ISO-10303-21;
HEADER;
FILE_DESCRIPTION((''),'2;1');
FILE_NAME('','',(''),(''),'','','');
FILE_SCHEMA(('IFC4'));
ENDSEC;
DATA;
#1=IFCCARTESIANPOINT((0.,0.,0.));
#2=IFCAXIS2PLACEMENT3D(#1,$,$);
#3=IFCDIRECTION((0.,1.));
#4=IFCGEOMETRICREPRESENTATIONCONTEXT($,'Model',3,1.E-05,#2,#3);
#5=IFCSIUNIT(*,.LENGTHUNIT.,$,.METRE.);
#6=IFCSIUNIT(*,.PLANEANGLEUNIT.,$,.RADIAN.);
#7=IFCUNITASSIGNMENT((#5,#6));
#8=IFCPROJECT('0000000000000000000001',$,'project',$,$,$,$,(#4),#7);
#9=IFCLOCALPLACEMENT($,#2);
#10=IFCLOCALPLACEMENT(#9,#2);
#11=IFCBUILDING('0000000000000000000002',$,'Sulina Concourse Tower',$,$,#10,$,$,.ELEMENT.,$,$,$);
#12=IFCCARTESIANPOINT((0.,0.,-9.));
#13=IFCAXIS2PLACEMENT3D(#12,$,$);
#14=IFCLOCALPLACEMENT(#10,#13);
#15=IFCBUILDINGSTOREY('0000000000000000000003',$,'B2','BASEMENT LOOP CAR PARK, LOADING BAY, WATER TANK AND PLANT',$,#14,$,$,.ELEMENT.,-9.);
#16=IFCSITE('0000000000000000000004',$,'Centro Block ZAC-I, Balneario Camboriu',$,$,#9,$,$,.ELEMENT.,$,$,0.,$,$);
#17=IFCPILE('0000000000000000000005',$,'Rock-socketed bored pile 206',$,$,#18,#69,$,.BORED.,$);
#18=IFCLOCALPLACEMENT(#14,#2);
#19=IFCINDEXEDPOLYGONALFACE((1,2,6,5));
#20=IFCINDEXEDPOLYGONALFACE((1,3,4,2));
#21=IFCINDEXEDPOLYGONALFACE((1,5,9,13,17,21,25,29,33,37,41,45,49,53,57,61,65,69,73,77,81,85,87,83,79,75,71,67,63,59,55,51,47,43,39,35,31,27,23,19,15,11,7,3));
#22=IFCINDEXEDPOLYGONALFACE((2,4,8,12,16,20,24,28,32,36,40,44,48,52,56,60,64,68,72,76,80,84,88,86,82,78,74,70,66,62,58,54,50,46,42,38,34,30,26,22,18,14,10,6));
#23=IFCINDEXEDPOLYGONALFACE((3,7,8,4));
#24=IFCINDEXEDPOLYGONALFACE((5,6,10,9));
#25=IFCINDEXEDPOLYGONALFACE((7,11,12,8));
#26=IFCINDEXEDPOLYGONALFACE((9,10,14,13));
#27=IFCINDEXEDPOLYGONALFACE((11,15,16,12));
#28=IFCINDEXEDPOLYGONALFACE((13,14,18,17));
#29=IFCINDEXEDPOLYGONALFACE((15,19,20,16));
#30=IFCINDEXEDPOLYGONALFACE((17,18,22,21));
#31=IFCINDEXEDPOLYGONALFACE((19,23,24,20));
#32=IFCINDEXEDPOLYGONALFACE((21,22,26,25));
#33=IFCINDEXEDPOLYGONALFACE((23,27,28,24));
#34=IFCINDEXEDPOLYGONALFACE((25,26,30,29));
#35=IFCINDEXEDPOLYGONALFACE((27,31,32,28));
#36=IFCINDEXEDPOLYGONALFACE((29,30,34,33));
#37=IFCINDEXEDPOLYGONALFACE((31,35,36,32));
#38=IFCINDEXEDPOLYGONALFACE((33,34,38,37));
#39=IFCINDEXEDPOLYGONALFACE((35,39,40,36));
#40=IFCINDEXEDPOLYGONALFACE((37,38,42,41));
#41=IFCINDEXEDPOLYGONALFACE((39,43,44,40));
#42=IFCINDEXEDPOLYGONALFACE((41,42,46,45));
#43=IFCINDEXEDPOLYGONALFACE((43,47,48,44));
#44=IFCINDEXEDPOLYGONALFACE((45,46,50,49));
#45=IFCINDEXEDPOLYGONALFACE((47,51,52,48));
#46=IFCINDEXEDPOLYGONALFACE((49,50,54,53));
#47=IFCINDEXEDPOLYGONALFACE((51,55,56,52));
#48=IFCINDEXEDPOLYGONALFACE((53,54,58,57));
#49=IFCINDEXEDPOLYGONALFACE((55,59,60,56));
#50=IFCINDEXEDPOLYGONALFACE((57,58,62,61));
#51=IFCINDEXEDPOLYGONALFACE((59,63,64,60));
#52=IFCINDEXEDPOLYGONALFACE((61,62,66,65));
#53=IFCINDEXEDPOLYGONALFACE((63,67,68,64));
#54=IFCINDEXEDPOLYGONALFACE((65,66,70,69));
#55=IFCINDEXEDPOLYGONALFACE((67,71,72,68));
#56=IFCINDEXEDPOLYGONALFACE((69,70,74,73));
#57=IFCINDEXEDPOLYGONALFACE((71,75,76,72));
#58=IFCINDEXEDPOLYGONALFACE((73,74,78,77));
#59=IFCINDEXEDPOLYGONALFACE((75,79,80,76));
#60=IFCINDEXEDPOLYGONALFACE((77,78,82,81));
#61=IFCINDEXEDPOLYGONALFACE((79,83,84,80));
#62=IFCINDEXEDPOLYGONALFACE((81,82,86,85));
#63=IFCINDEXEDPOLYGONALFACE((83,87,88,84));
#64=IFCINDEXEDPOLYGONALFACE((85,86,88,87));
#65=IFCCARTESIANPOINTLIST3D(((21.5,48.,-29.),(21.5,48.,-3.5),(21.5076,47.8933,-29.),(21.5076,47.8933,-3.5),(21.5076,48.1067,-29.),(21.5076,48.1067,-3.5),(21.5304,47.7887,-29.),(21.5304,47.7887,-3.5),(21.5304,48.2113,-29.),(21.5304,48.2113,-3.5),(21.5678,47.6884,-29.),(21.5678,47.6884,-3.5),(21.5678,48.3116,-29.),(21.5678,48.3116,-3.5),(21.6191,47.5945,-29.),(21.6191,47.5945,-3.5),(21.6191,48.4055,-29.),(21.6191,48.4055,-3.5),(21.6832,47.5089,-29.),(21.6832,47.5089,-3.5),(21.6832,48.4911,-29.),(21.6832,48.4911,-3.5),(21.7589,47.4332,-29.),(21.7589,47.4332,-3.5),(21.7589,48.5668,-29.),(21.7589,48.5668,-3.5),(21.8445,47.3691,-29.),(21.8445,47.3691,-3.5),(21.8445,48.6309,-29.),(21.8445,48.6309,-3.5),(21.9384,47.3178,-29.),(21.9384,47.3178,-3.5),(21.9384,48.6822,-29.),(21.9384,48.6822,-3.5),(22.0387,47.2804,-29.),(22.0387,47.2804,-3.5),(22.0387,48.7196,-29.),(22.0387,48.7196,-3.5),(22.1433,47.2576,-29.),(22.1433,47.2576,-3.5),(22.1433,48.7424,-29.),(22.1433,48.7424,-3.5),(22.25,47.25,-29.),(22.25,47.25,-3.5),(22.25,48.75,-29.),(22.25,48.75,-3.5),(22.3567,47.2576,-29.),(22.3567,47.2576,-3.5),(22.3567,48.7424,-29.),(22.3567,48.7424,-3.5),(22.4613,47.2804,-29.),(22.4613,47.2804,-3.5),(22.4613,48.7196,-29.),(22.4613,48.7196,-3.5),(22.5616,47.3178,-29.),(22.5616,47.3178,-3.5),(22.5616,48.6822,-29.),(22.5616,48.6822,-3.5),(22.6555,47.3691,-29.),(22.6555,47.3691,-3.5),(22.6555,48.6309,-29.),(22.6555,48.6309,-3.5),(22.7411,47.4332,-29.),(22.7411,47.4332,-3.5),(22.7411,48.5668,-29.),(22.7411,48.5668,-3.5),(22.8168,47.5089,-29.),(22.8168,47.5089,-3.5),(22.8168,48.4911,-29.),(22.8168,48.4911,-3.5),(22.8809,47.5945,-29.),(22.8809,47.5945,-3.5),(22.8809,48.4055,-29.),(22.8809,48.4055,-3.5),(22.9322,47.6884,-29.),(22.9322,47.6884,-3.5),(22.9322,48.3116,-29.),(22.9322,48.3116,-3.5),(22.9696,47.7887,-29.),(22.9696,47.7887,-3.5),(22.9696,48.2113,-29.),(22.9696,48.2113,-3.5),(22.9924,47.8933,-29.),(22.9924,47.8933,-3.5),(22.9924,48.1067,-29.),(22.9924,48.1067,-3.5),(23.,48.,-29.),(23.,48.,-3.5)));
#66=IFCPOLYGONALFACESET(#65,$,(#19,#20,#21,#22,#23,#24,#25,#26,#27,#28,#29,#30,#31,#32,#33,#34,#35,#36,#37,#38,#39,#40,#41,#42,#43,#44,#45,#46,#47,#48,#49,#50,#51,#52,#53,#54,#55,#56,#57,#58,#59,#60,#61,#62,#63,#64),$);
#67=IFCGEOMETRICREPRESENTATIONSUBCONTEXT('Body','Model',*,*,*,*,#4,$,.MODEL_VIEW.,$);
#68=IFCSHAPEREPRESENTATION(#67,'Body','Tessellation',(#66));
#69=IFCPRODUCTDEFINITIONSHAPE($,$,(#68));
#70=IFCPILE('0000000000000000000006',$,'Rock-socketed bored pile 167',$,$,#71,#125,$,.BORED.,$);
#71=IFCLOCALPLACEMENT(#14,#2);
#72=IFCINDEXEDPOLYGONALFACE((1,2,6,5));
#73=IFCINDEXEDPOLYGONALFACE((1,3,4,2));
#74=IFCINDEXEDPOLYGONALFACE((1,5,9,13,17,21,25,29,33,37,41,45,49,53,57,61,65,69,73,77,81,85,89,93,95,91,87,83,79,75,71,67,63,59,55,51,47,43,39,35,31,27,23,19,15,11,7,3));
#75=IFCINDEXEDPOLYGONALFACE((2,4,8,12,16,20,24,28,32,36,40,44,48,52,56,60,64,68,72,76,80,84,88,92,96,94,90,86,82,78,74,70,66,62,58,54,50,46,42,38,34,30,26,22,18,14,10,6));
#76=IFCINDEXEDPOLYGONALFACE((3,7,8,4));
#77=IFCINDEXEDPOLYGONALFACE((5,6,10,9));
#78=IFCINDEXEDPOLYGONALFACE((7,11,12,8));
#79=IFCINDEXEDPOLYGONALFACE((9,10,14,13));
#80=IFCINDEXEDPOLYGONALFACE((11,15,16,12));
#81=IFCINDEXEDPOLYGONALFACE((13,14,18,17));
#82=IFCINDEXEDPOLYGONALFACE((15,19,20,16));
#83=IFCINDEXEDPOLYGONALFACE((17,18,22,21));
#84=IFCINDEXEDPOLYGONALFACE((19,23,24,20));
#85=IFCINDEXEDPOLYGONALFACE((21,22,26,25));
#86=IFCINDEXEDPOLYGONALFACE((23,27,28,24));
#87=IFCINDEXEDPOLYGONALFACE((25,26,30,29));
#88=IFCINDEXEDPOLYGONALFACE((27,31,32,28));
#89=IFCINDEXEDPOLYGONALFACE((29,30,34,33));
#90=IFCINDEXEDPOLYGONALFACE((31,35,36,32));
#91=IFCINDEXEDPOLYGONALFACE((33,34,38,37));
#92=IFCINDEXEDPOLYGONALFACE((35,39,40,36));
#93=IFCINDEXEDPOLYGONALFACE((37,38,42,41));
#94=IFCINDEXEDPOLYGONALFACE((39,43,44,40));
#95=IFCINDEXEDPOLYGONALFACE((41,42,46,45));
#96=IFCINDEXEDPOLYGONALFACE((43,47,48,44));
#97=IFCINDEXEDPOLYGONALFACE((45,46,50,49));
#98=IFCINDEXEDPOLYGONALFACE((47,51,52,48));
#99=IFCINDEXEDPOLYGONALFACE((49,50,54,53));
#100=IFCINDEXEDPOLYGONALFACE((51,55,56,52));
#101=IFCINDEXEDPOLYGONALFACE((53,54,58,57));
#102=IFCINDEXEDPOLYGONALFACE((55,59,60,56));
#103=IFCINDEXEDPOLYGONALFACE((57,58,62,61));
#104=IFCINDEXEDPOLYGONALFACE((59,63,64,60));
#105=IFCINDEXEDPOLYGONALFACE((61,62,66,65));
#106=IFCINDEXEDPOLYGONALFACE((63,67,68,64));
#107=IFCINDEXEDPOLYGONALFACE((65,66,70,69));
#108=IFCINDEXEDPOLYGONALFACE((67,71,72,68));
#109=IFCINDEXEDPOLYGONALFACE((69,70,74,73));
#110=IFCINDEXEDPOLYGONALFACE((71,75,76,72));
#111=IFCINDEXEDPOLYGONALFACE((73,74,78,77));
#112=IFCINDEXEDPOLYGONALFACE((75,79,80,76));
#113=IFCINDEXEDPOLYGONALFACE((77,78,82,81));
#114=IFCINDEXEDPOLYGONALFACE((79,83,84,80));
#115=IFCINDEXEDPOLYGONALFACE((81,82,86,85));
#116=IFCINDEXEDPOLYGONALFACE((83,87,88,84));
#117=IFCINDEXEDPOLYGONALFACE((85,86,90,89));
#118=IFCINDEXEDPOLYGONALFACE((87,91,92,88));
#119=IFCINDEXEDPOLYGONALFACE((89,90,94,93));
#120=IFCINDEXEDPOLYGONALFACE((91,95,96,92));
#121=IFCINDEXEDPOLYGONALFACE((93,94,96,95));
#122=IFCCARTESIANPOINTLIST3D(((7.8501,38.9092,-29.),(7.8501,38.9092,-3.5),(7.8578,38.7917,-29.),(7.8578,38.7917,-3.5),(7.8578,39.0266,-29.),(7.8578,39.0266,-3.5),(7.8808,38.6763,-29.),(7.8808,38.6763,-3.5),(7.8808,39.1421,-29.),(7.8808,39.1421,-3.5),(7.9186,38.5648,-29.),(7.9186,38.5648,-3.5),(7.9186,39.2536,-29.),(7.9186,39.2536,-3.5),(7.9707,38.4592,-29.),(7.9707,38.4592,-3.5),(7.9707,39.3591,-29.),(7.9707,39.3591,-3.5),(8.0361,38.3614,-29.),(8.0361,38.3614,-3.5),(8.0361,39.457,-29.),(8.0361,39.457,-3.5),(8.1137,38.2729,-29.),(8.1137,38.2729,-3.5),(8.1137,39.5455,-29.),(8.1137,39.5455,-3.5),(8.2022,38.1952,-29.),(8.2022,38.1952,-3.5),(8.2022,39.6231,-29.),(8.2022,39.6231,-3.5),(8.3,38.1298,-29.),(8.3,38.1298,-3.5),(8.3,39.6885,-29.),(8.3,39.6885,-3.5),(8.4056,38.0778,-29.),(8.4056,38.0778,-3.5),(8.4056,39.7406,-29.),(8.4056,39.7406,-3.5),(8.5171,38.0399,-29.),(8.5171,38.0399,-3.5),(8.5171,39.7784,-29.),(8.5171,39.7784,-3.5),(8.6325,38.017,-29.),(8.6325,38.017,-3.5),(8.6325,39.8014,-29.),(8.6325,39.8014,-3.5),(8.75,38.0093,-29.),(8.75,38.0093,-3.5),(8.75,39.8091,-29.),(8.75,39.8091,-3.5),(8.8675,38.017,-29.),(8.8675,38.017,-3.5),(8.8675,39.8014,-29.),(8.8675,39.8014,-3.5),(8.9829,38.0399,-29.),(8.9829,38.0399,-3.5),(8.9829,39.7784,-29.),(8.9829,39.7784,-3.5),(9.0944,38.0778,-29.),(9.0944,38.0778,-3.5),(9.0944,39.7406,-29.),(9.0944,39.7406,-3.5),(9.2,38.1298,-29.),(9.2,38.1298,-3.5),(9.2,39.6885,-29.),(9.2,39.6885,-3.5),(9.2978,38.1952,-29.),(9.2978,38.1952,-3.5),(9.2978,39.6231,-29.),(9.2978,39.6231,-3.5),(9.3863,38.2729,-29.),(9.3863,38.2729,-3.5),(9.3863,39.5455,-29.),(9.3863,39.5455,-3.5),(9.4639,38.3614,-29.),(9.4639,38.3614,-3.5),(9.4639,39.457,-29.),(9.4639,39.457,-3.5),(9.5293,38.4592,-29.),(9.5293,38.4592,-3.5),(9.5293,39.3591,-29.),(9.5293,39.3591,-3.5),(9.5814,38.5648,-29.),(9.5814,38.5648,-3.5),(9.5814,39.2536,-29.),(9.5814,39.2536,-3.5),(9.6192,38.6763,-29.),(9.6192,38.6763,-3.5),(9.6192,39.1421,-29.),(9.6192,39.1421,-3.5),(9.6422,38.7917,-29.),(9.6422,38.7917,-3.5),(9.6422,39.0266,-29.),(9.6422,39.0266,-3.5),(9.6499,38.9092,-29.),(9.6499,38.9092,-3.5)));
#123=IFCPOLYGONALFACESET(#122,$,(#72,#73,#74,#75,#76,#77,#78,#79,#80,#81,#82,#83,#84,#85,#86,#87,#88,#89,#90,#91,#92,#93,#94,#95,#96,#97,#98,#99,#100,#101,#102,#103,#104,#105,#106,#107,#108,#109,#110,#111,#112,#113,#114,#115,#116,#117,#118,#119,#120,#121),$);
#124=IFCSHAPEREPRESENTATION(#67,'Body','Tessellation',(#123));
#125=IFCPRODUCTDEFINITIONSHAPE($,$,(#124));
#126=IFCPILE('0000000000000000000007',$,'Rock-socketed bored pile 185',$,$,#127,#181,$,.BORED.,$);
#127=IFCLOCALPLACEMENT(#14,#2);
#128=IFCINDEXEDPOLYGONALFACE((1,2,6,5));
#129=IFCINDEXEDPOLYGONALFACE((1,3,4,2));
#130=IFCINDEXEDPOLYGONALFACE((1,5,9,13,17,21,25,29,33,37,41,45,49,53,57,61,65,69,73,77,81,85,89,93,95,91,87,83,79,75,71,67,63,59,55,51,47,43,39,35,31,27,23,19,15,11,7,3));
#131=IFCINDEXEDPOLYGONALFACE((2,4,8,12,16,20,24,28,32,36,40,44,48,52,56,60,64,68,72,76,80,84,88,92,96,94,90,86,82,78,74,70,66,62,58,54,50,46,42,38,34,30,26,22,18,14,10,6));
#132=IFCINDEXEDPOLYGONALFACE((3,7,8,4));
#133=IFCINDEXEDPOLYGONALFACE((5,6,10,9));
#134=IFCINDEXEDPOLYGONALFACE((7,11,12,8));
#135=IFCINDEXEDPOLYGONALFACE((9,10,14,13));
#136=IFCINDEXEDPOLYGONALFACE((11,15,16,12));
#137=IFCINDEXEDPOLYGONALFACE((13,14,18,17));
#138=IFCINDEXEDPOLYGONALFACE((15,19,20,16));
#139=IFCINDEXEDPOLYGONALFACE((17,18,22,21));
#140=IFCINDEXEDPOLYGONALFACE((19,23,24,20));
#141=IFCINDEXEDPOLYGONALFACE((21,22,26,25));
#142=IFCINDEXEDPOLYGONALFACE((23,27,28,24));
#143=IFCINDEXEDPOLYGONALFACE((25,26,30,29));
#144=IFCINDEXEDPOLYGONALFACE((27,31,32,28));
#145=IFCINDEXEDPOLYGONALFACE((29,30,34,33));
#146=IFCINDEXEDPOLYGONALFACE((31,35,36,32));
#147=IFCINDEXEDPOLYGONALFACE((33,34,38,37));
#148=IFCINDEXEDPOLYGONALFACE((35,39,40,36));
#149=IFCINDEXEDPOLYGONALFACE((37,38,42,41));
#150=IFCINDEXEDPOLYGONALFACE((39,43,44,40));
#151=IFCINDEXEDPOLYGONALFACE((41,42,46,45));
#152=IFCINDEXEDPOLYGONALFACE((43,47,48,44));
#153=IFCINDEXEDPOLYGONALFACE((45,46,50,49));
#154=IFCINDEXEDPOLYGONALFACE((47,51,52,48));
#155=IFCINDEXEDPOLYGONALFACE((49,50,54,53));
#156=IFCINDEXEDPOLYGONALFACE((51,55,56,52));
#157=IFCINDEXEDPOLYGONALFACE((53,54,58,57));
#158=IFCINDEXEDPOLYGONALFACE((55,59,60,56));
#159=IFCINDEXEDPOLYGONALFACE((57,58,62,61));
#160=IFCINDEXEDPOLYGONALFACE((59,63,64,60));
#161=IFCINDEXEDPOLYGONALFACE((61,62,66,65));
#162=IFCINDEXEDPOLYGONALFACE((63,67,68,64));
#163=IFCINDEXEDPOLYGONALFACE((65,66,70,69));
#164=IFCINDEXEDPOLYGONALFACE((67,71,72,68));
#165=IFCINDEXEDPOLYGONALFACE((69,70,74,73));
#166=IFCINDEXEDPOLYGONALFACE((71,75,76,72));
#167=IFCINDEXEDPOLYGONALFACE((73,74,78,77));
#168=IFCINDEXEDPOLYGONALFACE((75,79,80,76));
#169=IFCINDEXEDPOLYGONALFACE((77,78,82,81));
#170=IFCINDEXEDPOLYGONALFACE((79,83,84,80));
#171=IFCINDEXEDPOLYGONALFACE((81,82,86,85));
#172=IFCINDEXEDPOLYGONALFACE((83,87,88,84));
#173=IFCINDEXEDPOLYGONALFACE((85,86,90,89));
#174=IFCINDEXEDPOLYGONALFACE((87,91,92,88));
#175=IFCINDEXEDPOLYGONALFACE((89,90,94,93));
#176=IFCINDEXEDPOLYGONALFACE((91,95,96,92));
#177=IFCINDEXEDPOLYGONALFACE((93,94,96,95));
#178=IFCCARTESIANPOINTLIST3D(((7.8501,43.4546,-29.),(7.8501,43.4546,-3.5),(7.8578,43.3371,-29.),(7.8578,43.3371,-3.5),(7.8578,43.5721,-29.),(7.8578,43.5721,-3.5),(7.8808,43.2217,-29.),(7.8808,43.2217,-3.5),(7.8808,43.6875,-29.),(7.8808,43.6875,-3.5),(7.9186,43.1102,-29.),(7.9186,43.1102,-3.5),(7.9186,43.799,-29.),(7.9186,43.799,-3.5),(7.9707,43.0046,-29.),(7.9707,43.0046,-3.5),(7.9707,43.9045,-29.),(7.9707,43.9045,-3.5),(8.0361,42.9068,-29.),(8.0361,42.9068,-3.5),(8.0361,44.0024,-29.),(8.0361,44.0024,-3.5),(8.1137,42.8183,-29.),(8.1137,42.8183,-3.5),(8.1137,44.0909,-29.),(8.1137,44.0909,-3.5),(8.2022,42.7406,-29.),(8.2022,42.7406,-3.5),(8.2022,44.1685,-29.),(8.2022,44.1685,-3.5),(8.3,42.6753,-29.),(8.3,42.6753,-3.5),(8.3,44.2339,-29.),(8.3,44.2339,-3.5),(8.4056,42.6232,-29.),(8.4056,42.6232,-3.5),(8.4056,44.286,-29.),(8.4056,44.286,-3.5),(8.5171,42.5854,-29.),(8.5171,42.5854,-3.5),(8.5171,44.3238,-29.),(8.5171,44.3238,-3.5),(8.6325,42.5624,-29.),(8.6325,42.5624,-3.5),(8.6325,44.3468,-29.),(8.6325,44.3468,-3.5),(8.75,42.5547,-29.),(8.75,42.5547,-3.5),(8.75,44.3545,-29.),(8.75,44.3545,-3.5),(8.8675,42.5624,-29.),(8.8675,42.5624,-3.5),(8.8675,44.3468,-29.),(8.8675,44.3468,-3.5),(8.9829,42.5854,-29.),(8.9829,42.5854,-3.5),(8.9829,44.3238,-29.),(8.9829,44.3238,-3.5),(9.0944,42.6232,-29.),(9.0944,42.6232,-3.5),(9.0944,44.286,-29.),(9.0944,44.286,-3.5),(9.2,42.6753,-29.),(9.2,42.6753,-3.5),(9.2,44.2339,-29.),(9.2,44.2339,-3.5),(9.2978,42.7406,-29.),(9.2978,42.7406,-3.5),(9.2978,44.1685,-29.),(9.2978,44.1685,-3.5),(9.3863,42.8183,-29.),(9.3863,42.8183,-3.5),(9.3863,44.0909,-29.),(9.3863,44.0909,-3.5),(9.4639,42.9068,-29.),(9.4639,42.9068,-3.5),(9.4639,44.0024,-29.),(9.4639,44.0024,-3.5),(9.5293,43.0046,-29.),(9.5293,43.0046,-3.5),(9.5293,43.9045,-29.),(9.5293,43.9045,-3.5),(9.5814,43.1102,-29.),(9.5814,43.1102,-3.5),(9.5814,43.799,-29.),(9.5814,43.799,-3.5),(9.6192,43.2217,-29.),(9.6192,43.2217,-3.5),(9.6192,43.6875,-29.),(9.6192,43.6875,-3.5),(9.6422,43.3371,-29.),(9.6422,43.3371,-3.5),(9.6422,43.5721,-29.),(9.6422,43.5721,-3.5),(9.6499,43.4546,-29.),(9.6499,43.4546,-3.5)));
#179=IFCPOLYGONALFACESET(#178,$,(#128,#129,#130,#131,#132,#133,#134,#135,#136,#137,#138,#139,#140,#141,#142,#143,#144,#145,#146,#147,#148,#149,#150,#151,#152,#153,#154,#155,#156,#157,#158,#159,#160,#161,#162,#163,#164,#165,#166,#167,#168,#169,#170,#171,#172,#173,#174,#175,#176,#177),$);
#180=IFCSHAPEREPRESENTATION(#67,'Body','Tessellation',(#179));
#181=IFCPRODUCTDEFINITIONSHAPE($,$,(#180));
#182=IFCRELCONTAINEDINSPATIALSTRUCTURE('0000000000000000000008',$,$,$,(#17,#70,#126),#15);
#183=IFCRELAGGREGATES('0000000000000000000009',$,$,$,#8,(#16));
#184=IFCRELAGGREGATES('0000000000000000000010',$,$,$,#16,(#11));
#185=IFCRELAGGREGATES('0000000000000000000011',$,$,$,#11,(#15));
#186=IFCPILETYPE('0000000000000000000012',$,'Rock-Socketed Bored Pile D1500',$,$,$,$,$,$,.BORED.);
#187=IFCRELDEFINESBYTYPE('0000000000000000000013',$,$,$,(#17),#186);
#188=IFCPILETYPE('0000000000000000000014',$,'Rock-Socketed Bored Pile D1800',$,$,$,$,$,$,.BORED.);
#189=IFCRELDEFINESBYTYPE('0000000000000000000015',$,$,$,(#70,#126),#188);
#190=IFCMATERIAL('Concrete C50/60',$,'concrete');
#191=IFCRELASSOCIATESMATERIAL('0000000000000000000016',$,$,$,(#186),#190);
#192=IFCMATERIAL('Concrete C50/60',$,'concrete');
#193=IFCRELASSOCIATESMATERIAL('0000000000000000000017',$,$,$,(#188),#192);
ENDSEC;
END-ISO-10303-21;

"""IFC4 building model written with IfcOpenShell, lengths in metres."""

from ifc_helpers import new_model, si_unit, direction, frame, origin, origin_2d, place, context, subcontext, project, spatial, circle, extrude, material, material_profile, profile_set, type_object, element, save


model = new_model("IFC4")

# Units and contexts
model_context = context("Model", 3, precision=1e-05, world=origin(), true_north=direction((0.0, 1.0)))
body_context = subcontext(model_context, "Body", "Model", "MODEL_VIEW")
ifc_project = project(units=[si_unit("LENGTHUNIT", "METRE"), si_unit("PLANEANGLEUNIT", "RADIAN")], contexts=[model_context])

# Site, building, storey
site_placement = place(None, origin())
site = spatial("IfcSite", under=ifc_project, at=site_placement, Name="Centro Block ZAC-I, Balneario Camboriu", CompositionType="ELEMENT", RefElevation=0.0)
building_placement = place(site_placement, origin())
building = spatial("IfcBuilding", under=site, at=building_placement, Name="Sulina Concourse Tower", CompositionType="ELEMENT")
storey_placement = place(building_placement, frame((0.0, 0.0, -9.0)))
storey = spatial("IfcBuildingStorey", under=building, at=storey_placement, Name="B2", Description="BASEMENT LOOP CAR PARK, LOADING BAY, WATER TANK AND PLANT", CompositionType="ELEMENT", Elevation=-9.0)

# Piles
ifc_material_1 = material(Name="Concrete C50/60", Category="concrete")
ifc_material_profile_1 = material_profile(ifc_material_1, circle(Radius=0.75, at=origin_2d()), Name="PILE D1500")
ifc_profile_set_1 = profile_set([ifc_material_profile_1], Name="Concrete C50/60")
pile_type_1 = type_object("IfcPileType", Name="Rock-Socketed Bored Pile D1500", PredefinedType="BORED", material=ifc_profile_set_1)
for number, where, z_axis, x_axis, name in (
    (1, (22.25, 48.0, -3.5), (0.0, 0.0, -1.0), (1.0, 0.0, 0.0), "Rock-socketed bored pile 206"),
):
    element("IfcPile", number, at=place(storey_placement, frame(where, z_axis=z_axis, x_axis=x_axis)), inside=storey, type_object=pile_type_1, Name=name, PredefinedType="BORED", context=body_context, shape_type="SweptSolid", body=[
        extrude(circle(Radius=0.75, at=origin_2d()), origin(), (0.0, 0.0, 1.0), 25.5),
    ])
ifc_material_2 = material(Name="Concrete C50/60", Category="concrete")
ifc_material_profile_2 = material_profile(ifc_material_2, circle(Radius=0.8999, at=origin_2d()), Name="PILE D1800")
ifc_profile_set_2 = profile_set([ifc_material_profile_2], Name="Concrete C50/60")
pile_type_2 = type_object("IfcPileType", Name="Rock-Socketed Bored Pile D1800", PredefinedType="BORED", material=ifc_profile_set_2)
for number, where, z_axis, x_axis, name in (
    (2, (8.75, 38.9092, -3.5), (0.0, 0.0, -1.0), (1.0, 0.0, 0.0), "Rock-socketed bored pile 167"),
    (3, (8.75, 43.4546, -3.5), (0.0, 0.0, -1.0), (1.0, 0.0, 0.0), "Rock-socketed bored pile 185"),
):
    element("IfcPile", number, at=place(storey_placement, frame(where, z_axis=z_axis, x_axis=x_axis)), inside=storey, type_object=pile_type_2, Name=name, PredefinedType="BORED", context=body_context, shape_type="SweptSolid", body=[
        extrude(circle(Radius=0.8999, at=origin_2d()), origin(), (0.0, 0.0, 1.0), 25.5),
    ])

save(model, "model.ifc")
